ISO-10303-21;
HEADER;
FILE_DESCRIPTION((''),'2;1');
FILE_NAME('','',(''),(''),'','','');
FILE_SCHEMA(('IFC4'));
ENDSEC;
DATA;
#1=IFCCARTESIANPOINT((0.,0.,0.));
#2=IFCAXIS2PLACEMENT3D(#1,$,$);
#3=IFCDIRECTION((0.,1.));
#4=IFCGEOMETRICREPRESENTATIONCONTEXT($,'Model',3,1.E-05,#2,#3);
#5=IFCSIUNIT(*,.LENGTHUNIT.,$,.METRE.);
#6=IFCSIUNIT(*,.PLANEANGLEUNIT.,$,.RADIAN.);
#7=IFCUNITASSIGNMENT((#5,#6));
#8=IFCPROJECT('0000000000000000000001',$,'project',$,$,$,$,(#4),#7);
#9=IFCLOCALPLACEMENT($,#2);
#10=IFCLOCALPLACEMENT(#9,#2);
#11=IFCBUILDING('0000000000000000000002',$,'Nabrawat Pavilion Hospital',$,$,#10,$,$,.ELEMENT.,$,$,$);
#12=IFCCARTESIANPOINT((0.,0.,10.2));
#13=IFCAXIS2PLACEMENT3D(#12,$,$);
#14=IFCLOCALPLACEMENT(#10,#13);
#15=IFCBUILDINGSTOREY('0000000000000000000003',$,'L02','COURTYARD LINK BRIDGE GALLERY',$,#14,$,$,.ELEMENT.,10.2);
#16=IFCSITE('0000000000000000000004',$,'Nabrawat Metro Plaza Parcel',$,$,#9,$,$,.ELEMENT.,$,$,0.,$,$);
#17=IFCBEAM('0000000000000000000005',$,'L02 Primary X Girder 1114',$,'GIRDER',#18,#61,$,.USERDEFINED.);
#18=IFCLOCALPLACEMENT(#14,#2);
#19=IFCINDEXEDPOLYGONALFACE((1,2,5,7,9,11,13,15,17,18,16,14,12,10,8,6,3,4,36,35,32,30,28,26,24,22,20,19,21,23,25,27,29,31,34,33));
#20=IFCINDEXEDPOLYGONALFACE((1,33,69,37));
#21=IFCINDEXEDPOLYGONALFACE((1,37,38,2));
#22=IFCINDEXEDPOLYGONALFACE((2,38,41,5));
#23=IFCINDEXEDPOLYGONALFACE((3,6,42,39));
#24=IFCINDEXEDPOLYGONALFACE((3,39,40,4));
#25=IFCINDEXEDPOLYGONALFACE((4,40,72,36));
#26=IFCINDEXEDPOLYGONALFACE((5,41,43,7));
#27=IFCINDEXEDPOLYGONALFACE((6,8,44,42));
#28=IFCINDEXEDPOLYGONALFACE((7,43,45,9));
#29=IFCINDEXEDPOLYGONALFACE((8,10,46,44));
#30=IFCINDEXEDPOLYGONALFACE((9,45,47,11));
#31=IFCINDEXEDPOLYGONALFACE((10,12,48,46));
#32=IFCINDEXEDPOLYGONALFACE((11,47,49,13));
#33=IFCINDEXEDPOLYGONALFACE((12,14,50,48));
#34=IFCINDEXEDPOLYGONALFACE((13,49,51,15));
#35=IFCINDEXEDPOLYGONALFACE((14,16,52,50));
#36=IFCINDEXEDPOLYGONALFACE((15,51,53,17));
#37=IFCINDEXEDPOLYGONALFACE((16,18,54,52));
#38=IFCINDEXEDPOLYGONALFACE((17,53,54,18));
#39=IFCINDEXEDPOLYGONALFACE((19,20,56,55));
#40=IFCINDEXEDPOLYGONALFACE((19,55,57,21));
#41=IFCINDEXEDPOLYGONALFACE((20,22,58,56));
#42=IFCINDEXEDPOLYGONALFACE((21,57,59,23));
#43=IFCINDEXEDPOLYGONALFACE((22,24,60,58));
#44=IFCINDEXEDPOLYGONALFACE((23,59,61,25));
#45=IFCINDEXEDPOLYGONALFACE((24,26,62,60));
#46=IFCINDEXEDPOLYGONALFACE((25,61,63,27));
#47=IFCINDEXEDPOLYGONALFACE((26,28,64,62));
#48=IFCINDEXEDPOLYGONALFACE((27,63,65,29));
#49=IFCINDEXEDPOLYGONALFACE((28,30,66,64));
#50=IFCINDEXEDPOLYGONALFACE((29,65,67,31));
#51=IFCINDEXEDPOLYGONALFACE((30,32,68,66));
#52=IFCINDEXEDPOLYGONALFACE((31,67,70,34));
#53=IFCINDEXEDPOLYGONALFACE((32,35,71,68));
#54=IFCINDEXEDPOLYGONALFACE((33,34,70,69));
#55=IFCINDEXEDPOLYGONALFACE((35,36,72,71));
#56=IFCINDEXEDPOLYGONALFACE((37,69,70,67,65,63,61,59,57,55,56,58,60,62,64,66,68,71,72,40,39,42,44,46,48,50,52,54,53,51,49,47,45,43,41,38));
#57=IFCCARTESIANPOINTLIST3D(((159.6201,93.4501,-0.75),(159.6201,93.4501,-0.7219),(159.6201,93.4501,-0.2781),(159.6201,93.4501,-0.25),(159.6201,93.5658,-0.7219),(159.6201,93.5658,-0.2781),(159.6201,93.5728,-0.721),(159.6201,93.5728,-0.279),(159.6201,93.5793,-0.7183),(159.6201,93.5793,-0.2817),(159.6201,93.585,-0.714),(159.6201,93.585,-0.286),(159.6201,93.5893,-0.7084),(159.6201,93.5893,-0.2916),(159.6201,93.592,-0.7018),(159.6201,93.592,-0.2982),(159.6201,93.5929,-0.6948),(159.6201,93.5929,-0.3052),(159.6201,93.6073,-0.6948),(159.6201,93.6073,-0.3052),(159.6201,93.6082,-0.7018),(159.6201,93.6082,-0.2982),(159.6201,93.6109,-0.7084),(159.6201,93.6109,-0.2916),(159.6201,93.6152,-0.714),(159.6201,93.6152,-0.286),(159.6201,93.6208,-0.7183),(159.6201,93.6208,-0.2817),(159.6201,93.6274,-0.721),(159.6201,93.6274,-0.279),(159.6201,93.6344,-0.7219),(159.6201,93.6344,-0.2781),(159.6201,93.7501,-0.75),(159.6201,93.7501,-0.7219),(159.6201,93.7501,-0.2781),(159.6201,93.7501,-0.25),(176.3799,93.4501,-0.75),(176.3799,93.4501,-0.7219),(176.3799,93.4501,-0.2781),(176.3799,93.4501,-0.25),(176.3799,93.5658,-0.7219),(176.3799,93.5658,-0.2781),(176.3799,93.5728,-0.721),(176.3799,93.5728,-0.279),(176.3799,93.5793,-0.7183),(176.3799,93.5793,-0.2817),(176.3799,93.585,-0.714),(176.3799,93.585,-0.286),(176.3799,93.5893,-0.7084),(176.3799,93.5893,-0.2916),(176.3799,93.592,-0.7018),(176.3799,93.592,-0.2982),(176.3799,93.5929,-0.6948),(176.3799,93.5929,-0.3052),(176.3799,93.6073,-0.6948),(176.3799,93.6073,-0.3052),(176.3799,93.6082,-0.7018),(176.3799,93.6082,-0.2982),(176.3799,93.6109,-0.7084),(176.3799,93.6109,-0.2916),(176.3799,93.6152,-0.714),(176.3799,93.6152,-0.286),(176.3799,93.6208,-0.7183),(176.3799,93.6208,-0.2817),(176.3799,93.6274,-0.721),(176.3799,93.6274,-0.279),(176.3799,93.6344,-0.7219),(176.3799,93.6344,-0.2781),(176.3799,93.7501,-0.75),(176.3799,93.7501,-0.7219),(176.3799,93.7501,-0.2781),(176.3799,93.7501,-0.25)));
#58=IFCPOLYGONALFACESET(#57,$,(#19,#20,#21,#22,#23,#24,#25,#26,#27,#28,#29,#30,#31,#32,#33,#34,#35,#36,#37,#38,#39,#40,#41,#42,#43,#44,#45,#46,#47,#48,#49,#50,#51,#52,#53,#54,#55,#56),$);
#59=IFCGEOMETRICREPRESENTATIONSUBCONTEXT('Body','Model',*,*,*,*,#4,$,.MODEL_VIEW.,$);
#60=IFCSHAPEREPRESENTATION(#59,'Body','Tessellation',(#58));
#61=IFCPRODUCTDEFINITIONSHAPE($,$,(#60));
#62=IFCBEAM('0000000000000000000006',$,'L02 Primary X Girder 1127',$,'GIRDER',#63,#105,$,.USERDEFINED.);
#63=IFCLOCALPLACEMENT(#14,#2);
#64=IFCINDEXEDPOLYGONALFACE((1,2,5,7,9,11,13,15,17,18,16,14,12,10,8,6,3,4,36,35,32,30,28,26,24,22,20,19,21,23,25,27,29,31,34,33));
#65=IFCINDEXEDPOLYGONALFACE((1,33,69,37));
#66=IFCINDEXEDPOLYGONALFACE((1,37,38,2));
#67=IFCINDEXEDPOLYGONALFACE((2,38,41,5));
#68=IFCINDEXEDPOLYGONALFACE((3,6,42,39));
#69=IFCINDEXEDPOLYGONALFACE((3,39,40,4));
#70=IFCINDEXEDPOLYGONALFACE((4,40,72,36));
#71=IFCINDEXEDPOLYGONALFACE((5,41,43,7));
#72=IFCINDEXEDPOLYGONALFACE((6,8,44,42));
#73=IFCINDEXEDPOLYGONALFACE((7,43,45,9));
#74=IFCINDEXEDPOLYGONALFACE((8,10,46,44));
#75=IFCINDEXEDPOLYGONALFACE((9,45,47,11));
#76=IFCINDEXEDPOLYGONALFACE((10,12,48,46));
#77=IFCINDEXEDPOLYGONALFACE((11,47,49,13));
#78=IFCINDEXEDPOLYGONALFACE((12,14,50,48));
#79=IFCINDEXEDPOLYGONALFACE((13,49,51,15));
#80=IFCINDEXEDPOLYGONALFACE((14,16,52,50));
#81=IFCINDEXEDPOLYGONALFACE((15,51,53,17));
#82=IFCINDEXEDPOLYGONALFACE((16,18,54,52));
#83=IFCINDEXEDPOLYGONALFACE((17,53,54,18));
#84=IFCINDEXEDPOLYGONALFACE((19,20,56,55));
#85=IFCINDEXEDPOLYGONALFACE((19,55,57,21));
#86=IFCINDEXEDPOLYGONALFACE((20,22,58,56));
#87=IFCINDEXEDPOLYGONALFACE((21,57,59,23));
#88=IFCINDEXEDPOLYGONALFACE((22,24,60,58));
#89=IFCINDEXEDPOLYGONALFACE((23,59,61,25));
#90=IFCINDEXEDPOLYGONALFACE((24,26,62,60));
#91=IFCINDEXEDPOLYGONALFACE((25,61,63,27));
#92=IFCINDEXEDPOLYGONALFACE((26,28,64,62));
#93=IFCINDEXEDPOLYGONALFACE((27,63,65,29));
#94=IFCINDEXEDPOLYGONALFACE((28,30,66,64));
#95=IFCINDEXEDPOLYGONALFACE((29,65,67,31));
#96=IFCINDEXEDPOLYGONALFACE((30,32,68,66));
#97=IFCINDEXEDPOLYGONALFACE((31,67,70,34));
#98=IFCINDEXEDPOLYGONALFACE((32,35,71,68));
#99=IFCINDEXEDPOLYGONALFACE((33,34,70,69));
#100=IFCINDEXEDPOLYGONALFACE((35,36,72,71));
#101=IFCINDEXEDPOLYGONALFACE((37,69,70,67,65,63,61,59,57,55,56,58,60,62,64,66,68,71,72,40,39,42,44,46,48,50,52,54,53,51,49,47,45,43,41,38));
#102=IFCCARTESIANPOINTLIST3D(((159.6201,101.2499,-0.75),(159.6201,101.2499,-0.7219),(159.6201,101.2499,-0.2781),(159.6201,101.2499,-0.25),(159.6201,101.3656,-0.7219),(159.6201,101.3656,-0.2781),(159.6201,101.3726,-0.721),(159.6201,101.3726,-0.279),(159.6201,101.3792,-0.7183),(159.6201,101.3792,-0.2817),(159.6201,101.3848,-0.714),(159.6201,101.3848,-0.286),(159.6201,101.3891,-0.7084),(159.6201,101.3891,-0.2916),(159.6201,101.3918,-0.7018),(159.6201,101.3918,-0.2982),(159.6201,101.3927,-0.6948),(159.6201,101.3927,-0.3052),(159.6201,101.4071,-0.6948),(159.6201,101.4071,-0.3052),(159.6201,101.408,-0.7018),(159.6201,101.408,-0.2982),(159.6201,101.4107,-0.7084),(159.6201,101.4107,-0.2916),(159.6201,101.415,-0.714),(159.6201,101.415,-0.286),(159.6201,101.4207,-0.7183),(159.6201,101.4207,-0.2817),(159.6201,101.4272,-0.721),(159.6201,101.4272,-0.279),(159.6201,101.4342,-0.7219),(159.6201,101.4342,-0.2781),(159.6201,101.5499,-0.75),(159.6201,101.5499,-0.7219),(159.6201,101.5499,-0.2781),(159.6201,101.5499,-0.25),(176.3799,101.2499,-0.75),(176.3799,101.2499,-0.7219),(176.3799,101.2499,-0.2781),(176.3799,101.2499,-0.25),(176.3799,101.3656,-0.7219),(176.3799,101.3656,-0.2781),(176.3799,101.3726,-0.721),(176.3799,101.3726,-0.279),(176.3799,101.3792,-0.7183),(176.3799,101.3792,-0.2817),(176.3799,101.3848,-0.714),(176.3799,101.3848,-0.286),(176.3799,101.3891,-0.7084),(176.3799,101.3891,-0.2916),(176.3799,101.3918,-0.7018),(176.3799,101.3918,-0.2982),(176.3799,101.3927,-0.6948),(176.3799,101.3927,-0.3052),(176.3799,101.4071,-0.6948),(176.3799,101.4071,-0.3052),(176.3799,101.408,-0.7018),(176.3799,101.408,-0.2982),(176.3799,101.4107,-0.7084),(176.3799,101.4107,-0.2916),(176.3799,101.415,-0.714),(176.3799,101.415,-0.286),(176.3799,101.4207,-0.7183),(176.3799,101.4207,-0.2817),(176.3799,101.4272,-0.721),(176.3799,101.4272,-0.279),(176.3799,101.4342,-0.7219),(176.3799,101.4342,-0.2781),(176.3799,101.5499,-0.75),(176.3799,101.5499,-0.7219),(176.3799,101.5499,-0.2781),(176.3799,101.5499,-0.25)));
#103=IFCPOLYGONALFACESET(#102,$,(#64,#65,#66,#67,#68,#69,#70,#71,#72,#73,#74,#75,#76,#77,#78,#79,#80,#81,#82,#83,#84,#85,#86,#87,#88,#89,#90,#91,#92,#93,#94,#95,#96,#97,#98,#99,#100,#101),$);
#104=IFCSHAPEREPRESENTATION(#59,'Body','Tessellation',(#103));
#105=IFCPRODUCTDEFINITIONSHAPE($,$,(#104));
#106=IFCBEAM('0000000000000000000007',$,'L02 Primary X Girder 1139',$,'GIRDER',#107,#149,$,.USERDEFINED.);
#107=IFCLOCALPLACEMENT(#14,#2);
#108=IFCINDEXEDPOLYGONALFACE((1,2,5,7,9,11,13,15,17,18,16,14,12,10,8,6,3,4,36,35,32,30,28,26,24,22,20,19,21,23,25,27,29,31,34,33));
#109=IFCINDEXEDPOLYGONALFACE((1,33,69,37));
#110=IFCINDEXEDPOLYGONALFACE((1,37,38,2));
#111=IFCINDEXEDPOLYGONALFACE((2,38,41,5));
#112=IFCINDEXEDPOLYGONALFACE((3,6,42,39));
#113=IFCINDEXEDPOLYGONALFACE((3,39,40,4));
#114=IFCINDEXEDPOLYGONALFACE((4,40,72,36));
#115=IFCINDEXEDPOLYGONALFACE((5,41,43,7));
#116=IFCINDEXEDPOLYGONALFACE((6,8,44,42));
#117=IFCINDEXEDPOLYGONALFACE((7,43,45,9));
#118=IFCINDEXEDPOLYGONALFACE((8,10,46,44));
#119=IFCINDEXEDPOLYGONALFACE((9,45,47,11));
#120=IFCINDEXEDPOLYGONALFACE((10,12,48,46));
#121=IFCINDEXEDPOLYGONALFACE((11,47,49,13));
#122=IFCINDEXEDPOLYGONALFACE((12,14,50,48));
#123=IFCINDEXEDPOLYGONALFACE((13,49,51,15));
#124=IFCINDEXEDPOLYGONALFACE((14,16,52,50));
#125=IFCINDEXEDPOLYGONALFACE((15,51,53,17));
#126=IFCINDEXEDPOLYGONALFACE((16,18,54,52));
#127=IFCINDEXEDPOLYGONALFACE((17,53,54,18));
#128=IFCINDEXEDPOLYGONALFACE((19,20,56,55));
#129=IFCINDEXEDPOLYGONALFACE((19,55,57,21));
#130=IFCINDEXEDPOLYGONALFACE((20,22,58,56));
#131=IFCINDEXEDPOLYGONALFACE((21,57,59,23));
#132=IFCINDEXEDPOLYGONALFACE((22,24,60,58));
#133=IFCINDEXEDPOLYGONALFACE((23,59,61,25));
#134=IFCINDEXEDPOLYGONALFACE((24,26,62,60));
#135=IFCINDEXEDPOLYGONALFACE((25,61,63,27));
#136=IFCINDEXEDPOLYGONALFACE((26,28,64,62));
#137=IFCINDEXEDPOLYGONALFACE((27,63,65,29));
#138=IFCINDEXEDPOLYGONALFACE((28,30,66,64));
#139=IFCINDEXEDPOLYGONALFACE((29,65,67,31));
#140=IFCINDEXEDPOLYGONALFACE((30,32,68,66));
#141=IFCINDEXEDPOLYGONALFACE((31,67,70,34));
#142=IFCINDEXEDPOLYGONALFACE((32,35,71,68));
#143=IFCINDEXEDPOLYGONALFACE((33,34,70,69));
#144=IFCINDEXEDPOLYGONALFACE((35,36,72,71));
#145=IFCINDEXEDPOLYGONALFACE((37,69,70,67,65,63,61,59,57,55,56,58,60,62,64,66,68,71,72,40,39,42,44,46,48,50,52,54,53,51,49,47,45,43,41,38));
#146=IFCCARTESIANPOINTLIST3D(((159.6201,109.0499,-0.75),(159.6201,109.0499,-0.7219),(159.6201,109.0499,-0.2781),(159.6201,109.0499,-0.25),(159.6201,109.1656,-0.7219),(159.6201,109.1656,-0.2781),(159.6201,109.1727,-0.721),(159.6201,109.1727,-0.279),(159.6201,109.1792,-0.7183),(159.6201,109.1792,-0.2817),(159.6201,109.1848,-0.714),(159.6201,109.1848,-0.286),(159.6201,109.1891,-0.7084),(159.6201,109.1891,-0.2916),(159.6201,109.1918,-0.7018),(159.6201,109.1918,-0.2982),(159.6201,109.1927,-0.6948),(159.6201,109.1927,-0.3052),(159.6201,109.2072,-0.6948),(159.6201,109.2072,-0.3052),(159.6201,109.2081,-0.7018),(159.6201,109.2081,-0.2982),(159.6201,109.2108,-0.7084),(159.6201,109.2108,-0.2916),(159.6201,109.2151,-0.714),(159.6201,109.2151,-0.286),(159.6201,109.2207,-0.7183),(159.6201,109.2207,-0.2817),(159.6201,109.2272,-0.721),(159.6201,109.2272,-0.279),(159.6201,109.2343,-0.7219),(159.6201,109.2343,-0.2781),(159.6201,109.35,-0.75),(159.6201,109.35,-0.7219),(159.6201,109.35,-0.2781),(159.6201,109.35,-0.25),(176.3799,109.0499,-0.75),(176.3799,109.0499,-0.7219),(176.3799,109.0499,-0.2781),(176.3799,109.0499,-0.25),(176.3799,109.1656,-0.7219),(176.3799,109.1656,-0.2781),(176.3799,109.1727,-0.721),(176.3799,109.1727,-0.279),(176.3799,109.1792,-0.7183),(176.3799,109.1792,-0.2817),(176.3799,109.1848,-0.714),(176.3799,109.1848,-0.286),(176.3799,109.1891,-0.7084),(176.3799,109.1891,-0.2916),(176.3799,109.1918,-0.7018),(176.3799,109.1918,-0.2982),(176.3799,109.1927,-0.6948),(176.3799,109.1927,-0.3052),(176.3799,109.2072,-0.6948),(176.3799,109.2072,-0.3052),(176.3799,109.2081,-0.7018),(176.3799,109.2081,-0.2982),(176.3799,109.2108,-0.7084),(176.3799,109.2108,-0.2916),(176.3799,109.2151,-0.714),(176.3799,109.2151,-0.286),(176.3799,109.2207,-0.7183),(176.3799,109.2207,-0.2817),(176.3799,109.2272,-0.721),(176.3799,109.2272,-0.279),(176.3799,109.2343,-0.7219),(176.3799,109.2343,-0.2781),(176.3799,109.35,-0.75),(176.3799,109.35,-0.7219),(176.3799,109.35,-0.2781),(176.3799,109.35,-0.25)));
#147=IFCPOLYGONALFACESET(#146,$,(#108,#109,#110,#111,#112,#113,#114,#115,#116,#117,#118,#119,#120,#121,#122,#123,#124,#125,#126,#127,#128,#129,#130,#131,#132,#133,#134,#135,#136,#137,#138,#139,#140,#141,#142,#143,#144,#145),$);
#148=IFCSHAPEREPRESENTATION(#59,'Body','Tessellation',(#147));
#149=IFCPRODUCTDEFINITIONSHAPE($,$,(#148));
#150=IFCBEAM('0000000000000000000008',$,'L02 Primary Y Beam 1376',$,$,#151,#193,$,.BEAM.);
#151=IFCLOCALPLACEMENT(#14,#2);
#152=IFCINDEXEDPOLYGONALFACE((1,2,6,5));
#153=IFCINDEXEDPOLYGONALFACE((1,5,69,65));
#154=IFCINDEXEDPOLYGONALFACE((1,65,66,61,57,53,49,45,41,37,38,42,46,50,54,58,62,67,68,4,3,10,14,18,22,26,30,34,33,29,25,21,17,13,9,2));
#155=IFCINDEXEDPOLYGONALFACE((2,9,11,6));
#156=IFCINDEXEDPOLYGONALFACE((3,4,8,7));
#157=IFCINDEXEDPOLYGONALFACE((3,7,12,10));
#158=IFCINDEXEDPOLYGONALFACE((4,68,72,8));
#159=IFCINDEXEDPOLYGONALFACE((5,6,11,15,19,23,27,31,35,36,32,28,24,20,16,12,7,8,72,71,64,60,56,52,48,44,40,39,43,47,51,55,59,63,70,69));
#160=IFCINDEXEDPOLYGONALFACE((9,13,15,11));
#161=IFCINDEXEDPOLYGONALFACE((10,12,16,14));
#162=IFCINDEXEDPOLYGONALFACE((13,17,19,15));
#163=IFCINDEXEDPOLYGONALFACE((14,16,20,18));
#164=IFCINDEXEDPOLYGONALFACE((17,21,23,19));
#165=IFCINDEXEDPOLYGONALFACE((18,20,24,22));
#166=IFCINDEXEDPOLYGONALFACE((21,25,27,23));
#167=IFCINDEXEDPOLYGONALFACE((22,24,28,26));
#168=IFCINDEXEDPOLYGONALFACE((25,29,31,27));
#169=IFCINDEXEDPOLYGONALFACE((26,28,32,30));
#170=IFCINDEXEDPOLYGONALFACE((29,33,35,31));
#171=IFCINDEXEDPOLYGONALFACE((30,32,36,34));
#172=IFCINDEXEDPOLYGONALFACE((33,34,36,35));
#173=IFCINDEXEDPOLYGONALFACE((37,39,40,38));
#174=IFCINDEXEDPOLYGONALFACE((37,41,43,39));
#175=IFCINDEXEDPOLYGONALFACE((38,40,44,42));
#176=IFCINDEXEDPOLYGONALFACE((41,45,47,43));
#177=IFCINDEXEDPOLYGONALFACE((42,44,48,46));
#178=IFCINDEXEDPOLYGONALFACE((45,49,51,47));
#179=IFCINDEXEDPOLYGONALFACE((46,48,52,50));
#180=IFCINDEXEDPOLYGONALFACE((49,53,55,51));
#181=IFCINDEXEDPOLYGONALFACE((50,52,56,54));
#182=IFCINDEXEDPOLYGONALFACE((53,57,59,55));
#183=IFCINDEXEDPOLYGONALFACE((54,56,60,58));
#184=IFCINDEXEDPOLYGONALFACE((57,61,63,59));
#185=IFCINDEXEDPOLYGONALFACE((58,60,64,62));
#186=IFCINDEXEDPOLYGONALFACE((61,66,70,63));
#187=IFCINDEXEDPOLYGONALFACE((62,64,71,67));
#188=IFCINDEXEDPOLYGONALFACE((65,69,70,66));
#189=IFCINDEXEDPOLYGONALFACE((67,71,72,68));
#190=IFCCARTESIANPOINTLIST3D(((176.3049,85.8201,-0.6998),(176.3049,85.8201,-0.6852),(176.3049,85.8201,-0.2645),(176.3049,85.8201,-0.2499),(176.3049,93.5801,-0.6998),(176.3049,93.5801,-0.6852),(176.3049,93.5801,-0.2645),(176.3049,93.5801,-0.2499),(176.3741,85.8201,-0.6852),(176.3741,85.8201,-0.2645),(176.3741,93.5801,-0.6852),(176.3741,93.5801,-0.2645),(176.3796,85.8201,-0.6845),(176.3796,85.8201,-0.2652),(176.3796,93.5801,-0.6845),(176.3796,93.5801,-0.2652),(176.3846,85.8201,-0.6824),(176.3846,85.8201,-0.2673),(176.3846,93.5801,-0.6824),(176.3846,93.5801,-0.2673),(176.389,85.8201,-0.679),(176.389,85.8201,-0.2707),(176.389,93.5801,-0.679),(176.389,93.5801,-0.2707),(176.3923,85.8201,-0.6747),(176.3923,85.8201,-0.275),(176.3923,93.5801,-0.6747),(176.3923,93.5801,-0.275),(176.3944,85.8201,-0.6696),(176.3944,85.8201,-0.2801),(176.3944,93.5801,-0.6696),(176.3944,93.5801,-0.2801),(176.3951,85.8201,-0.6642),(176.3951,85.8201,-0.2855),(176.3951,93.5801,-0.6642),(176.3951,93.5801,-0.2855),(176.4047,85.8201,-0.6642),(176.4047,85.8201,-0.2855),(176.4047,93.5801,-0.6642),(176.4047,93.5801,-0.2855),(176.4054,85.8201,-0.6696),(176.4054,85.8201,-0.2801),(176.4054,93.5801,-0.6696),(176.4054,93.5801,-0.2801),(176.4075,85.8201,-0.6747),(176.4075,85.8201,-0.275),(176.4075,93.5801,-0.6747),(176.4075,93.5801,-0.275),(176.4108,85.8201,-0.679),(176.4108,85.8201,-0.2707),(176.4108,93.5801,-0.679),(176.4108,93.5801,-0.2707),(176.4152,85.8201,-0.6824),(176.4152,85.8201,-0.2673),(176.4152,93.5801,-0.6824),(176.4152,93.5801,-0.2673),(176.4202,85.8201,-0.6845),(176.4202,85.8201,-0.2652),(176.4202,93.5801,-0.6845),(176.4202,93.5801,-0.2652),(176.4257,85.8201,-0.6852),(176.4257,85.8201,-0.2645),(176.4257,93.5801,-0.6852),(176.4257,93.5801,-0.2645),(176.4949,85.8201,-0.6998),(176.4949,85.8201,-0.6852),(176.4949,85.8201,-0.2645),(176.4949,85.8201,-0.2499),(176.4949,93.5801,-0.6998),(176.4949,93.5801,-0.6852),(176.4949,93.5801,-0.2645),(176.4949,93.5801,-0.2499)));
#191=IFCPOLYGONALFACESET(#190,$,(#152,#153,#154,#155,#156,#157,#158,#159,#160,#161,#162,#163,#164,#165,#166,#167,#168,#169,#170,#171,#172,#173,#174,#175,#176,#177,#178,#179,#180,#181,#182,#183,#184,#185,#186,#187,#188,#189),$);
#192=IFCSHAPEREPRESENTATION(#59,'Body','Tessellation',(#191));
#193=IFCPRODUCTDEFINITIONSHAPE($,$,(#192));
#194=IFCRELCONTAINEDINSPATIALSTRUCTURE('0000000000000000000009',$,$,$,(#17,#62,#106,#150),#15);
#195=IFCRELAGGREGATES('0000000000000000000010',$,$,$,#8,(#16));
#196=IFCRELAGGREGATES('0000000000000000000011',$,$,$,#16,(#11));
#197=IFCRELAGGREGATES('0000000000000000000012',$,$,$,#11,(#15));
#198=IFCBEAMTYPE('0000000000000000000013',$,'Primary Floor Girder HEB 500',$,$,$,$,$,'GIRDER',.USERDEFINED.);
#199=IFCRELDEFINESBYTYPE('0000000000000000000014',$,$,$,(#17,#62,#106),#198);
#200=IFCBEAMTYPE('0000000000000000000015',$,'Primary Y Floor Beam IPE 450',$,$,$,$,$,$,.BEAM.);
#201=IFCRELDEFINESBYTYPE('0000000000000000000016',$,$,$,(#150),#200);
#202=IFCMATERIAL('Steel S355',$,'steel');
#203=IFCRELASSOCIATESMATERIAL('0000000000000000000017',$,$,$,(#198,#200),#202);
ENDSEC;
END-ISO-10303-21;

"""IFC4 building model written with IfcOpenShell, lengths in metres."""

from ifc_helpers import new_model, si_unit, direction, frame, origin, origin_2d, place, context, subcontext, project, spatial, i_section, extrude, material, material_profile, profile_set, type_object, element, save


model = new_model("IFC4")

# Units and contexts
model_context = context("Model", 3, precision=1e-05, world=origin(), true_north=direction((0.0, 1.0)))
body_context = subcontext(model_context, "Body", "Model", "MODEL_VIEW")
ifc_project = project(units=[si_unit("LENGTHUNIT", "METRE"), si_unit("PLANEANGLEUNIT", "RADIAN")], contexts=[model_context])

# Site, building, storey
site_placement = place(None, origin())
site = spatial("IfcSite", under=ifc_project, at=site_placement, Name="Nabrawat Metro Plaza Parcel", CompositionType="ELEMENT", RefElevation=0.0)
building_placement = place(site_placement, origin())
building = spatial("IfcBuilding", under=site, at=building_placement, Name="Nabrawat Pavilion Hospital", CompositionType="ELEMENT")
storey_placement = place(building_placement, frame((0.0, 0.0, 10.2)))
storey = spatial("IfcBuildingStorey", under=building, at=storey_placement, Name="L02", Description="COURTYARD LINK BRIDGE GALLERY", CompositionType="ELEMENT", Elevation=10.2)

# Shared definitions
ifc_material_1 = material(Name="Steel S355", Category="steel")

# Beams
ifc_material_profile_1 = material_profile(ifc_material_1, i_section(OverallWidth=0.3, OverallDepth=0.5, WebThickness=0.0144, FlangeThickness=0.0281, FilletRadius=0.0271, at=origin_2d()), Name="HEB 500")
ifc_profile_set_1 = profile_set([ifc_material_profile_1], Name="Steel S355")
beam_type_1 = type_object("IfcBeamType", Name="Primary Floor Girder HEB 500", ElementType="GIRDER", PredefinedType="USERDEFINED", material=ifc_profile_set_1)
for number, where, z_axis, x_axis, name in (
    (1, (159.6201, 93.6001, -0.5), (1.0, 0.0, 0.0), (0.0, 1.0, 0.0), "L02 Primary X Girder 1114"),
    (2, (159.6201, 101.3999, -0.5), (1.0, 0.0, 0.0), (0.0, 1.0, 0.0), "L02 Primary X Girder 1127"),
    (3, (159.6201, 109.2, -0.5), (1.0, 0.0, 0.0), (0.0, 1.0, 0.0), "L02 Primary X Girder 1139"),
):
    element("IfcBeam", number, at=place(storey_placement, frame(where, z_axis=z_axis, x_axis=x_axis)), inside=storey, type_object=beam_type_1, Name=name, ObjectType="GIRDER", PredefinedType="USERDEFINED", context=body_context, shape_type="SweptSolid", body=[
        extrude(i_section(OverallWidth=0.3, OverallDepth=0.5, WebThickness=0.0144, FlangeThickness=0.0281, FilletRadius=0.0271, at=origin_2d()), origin(), (0.0, 0.0, 1.0), 16.7598),
    ])
ifc_material_profile_2 = material_profile(ifc_material_1, i_section(OverallWidth=0.1899, OverallDepth=0.45, WebThickness=0.0095, FlangeThickness=0.0146, FilletRadius=0.021, at=origin_2d()), Name="IPE 450")
ifc_profile_set_2 = profile_set([ifc_material_profile_2], Name="Steel S355")
beam_type_2 = type_object("IfcBeamType", Name="Primary Y Floor Beam IPE 450", PredefinedType="BEAM", material=ifc_profile_set_2)
beam_1_placement = place(storey_placement, frame((176.3999, 85.8201, -0.4749), z_axis=(0.0, 1.0, 0.0), x_axis=(-1.0, 0.0, 0.0)))
element("IfcBeam", 4, at=beam_1_placement, inside=storey, type_object=beam_type_2, Name="L02 Primary Y Beam 1376", PredefinedType="BEAM", context=body_context, shape_type="SweptSolid", body=[
    extrude(i_section(OverallWidth=0.1899, OverallDepth=0.45, WebThickness=0.0095, FlangeThickness=0.0146, FilletRadius=0.021, at=origin_2d()), origin(), (0.0, 0.0, 1.0), 7.76),
])

save(model, "model.ifc")
